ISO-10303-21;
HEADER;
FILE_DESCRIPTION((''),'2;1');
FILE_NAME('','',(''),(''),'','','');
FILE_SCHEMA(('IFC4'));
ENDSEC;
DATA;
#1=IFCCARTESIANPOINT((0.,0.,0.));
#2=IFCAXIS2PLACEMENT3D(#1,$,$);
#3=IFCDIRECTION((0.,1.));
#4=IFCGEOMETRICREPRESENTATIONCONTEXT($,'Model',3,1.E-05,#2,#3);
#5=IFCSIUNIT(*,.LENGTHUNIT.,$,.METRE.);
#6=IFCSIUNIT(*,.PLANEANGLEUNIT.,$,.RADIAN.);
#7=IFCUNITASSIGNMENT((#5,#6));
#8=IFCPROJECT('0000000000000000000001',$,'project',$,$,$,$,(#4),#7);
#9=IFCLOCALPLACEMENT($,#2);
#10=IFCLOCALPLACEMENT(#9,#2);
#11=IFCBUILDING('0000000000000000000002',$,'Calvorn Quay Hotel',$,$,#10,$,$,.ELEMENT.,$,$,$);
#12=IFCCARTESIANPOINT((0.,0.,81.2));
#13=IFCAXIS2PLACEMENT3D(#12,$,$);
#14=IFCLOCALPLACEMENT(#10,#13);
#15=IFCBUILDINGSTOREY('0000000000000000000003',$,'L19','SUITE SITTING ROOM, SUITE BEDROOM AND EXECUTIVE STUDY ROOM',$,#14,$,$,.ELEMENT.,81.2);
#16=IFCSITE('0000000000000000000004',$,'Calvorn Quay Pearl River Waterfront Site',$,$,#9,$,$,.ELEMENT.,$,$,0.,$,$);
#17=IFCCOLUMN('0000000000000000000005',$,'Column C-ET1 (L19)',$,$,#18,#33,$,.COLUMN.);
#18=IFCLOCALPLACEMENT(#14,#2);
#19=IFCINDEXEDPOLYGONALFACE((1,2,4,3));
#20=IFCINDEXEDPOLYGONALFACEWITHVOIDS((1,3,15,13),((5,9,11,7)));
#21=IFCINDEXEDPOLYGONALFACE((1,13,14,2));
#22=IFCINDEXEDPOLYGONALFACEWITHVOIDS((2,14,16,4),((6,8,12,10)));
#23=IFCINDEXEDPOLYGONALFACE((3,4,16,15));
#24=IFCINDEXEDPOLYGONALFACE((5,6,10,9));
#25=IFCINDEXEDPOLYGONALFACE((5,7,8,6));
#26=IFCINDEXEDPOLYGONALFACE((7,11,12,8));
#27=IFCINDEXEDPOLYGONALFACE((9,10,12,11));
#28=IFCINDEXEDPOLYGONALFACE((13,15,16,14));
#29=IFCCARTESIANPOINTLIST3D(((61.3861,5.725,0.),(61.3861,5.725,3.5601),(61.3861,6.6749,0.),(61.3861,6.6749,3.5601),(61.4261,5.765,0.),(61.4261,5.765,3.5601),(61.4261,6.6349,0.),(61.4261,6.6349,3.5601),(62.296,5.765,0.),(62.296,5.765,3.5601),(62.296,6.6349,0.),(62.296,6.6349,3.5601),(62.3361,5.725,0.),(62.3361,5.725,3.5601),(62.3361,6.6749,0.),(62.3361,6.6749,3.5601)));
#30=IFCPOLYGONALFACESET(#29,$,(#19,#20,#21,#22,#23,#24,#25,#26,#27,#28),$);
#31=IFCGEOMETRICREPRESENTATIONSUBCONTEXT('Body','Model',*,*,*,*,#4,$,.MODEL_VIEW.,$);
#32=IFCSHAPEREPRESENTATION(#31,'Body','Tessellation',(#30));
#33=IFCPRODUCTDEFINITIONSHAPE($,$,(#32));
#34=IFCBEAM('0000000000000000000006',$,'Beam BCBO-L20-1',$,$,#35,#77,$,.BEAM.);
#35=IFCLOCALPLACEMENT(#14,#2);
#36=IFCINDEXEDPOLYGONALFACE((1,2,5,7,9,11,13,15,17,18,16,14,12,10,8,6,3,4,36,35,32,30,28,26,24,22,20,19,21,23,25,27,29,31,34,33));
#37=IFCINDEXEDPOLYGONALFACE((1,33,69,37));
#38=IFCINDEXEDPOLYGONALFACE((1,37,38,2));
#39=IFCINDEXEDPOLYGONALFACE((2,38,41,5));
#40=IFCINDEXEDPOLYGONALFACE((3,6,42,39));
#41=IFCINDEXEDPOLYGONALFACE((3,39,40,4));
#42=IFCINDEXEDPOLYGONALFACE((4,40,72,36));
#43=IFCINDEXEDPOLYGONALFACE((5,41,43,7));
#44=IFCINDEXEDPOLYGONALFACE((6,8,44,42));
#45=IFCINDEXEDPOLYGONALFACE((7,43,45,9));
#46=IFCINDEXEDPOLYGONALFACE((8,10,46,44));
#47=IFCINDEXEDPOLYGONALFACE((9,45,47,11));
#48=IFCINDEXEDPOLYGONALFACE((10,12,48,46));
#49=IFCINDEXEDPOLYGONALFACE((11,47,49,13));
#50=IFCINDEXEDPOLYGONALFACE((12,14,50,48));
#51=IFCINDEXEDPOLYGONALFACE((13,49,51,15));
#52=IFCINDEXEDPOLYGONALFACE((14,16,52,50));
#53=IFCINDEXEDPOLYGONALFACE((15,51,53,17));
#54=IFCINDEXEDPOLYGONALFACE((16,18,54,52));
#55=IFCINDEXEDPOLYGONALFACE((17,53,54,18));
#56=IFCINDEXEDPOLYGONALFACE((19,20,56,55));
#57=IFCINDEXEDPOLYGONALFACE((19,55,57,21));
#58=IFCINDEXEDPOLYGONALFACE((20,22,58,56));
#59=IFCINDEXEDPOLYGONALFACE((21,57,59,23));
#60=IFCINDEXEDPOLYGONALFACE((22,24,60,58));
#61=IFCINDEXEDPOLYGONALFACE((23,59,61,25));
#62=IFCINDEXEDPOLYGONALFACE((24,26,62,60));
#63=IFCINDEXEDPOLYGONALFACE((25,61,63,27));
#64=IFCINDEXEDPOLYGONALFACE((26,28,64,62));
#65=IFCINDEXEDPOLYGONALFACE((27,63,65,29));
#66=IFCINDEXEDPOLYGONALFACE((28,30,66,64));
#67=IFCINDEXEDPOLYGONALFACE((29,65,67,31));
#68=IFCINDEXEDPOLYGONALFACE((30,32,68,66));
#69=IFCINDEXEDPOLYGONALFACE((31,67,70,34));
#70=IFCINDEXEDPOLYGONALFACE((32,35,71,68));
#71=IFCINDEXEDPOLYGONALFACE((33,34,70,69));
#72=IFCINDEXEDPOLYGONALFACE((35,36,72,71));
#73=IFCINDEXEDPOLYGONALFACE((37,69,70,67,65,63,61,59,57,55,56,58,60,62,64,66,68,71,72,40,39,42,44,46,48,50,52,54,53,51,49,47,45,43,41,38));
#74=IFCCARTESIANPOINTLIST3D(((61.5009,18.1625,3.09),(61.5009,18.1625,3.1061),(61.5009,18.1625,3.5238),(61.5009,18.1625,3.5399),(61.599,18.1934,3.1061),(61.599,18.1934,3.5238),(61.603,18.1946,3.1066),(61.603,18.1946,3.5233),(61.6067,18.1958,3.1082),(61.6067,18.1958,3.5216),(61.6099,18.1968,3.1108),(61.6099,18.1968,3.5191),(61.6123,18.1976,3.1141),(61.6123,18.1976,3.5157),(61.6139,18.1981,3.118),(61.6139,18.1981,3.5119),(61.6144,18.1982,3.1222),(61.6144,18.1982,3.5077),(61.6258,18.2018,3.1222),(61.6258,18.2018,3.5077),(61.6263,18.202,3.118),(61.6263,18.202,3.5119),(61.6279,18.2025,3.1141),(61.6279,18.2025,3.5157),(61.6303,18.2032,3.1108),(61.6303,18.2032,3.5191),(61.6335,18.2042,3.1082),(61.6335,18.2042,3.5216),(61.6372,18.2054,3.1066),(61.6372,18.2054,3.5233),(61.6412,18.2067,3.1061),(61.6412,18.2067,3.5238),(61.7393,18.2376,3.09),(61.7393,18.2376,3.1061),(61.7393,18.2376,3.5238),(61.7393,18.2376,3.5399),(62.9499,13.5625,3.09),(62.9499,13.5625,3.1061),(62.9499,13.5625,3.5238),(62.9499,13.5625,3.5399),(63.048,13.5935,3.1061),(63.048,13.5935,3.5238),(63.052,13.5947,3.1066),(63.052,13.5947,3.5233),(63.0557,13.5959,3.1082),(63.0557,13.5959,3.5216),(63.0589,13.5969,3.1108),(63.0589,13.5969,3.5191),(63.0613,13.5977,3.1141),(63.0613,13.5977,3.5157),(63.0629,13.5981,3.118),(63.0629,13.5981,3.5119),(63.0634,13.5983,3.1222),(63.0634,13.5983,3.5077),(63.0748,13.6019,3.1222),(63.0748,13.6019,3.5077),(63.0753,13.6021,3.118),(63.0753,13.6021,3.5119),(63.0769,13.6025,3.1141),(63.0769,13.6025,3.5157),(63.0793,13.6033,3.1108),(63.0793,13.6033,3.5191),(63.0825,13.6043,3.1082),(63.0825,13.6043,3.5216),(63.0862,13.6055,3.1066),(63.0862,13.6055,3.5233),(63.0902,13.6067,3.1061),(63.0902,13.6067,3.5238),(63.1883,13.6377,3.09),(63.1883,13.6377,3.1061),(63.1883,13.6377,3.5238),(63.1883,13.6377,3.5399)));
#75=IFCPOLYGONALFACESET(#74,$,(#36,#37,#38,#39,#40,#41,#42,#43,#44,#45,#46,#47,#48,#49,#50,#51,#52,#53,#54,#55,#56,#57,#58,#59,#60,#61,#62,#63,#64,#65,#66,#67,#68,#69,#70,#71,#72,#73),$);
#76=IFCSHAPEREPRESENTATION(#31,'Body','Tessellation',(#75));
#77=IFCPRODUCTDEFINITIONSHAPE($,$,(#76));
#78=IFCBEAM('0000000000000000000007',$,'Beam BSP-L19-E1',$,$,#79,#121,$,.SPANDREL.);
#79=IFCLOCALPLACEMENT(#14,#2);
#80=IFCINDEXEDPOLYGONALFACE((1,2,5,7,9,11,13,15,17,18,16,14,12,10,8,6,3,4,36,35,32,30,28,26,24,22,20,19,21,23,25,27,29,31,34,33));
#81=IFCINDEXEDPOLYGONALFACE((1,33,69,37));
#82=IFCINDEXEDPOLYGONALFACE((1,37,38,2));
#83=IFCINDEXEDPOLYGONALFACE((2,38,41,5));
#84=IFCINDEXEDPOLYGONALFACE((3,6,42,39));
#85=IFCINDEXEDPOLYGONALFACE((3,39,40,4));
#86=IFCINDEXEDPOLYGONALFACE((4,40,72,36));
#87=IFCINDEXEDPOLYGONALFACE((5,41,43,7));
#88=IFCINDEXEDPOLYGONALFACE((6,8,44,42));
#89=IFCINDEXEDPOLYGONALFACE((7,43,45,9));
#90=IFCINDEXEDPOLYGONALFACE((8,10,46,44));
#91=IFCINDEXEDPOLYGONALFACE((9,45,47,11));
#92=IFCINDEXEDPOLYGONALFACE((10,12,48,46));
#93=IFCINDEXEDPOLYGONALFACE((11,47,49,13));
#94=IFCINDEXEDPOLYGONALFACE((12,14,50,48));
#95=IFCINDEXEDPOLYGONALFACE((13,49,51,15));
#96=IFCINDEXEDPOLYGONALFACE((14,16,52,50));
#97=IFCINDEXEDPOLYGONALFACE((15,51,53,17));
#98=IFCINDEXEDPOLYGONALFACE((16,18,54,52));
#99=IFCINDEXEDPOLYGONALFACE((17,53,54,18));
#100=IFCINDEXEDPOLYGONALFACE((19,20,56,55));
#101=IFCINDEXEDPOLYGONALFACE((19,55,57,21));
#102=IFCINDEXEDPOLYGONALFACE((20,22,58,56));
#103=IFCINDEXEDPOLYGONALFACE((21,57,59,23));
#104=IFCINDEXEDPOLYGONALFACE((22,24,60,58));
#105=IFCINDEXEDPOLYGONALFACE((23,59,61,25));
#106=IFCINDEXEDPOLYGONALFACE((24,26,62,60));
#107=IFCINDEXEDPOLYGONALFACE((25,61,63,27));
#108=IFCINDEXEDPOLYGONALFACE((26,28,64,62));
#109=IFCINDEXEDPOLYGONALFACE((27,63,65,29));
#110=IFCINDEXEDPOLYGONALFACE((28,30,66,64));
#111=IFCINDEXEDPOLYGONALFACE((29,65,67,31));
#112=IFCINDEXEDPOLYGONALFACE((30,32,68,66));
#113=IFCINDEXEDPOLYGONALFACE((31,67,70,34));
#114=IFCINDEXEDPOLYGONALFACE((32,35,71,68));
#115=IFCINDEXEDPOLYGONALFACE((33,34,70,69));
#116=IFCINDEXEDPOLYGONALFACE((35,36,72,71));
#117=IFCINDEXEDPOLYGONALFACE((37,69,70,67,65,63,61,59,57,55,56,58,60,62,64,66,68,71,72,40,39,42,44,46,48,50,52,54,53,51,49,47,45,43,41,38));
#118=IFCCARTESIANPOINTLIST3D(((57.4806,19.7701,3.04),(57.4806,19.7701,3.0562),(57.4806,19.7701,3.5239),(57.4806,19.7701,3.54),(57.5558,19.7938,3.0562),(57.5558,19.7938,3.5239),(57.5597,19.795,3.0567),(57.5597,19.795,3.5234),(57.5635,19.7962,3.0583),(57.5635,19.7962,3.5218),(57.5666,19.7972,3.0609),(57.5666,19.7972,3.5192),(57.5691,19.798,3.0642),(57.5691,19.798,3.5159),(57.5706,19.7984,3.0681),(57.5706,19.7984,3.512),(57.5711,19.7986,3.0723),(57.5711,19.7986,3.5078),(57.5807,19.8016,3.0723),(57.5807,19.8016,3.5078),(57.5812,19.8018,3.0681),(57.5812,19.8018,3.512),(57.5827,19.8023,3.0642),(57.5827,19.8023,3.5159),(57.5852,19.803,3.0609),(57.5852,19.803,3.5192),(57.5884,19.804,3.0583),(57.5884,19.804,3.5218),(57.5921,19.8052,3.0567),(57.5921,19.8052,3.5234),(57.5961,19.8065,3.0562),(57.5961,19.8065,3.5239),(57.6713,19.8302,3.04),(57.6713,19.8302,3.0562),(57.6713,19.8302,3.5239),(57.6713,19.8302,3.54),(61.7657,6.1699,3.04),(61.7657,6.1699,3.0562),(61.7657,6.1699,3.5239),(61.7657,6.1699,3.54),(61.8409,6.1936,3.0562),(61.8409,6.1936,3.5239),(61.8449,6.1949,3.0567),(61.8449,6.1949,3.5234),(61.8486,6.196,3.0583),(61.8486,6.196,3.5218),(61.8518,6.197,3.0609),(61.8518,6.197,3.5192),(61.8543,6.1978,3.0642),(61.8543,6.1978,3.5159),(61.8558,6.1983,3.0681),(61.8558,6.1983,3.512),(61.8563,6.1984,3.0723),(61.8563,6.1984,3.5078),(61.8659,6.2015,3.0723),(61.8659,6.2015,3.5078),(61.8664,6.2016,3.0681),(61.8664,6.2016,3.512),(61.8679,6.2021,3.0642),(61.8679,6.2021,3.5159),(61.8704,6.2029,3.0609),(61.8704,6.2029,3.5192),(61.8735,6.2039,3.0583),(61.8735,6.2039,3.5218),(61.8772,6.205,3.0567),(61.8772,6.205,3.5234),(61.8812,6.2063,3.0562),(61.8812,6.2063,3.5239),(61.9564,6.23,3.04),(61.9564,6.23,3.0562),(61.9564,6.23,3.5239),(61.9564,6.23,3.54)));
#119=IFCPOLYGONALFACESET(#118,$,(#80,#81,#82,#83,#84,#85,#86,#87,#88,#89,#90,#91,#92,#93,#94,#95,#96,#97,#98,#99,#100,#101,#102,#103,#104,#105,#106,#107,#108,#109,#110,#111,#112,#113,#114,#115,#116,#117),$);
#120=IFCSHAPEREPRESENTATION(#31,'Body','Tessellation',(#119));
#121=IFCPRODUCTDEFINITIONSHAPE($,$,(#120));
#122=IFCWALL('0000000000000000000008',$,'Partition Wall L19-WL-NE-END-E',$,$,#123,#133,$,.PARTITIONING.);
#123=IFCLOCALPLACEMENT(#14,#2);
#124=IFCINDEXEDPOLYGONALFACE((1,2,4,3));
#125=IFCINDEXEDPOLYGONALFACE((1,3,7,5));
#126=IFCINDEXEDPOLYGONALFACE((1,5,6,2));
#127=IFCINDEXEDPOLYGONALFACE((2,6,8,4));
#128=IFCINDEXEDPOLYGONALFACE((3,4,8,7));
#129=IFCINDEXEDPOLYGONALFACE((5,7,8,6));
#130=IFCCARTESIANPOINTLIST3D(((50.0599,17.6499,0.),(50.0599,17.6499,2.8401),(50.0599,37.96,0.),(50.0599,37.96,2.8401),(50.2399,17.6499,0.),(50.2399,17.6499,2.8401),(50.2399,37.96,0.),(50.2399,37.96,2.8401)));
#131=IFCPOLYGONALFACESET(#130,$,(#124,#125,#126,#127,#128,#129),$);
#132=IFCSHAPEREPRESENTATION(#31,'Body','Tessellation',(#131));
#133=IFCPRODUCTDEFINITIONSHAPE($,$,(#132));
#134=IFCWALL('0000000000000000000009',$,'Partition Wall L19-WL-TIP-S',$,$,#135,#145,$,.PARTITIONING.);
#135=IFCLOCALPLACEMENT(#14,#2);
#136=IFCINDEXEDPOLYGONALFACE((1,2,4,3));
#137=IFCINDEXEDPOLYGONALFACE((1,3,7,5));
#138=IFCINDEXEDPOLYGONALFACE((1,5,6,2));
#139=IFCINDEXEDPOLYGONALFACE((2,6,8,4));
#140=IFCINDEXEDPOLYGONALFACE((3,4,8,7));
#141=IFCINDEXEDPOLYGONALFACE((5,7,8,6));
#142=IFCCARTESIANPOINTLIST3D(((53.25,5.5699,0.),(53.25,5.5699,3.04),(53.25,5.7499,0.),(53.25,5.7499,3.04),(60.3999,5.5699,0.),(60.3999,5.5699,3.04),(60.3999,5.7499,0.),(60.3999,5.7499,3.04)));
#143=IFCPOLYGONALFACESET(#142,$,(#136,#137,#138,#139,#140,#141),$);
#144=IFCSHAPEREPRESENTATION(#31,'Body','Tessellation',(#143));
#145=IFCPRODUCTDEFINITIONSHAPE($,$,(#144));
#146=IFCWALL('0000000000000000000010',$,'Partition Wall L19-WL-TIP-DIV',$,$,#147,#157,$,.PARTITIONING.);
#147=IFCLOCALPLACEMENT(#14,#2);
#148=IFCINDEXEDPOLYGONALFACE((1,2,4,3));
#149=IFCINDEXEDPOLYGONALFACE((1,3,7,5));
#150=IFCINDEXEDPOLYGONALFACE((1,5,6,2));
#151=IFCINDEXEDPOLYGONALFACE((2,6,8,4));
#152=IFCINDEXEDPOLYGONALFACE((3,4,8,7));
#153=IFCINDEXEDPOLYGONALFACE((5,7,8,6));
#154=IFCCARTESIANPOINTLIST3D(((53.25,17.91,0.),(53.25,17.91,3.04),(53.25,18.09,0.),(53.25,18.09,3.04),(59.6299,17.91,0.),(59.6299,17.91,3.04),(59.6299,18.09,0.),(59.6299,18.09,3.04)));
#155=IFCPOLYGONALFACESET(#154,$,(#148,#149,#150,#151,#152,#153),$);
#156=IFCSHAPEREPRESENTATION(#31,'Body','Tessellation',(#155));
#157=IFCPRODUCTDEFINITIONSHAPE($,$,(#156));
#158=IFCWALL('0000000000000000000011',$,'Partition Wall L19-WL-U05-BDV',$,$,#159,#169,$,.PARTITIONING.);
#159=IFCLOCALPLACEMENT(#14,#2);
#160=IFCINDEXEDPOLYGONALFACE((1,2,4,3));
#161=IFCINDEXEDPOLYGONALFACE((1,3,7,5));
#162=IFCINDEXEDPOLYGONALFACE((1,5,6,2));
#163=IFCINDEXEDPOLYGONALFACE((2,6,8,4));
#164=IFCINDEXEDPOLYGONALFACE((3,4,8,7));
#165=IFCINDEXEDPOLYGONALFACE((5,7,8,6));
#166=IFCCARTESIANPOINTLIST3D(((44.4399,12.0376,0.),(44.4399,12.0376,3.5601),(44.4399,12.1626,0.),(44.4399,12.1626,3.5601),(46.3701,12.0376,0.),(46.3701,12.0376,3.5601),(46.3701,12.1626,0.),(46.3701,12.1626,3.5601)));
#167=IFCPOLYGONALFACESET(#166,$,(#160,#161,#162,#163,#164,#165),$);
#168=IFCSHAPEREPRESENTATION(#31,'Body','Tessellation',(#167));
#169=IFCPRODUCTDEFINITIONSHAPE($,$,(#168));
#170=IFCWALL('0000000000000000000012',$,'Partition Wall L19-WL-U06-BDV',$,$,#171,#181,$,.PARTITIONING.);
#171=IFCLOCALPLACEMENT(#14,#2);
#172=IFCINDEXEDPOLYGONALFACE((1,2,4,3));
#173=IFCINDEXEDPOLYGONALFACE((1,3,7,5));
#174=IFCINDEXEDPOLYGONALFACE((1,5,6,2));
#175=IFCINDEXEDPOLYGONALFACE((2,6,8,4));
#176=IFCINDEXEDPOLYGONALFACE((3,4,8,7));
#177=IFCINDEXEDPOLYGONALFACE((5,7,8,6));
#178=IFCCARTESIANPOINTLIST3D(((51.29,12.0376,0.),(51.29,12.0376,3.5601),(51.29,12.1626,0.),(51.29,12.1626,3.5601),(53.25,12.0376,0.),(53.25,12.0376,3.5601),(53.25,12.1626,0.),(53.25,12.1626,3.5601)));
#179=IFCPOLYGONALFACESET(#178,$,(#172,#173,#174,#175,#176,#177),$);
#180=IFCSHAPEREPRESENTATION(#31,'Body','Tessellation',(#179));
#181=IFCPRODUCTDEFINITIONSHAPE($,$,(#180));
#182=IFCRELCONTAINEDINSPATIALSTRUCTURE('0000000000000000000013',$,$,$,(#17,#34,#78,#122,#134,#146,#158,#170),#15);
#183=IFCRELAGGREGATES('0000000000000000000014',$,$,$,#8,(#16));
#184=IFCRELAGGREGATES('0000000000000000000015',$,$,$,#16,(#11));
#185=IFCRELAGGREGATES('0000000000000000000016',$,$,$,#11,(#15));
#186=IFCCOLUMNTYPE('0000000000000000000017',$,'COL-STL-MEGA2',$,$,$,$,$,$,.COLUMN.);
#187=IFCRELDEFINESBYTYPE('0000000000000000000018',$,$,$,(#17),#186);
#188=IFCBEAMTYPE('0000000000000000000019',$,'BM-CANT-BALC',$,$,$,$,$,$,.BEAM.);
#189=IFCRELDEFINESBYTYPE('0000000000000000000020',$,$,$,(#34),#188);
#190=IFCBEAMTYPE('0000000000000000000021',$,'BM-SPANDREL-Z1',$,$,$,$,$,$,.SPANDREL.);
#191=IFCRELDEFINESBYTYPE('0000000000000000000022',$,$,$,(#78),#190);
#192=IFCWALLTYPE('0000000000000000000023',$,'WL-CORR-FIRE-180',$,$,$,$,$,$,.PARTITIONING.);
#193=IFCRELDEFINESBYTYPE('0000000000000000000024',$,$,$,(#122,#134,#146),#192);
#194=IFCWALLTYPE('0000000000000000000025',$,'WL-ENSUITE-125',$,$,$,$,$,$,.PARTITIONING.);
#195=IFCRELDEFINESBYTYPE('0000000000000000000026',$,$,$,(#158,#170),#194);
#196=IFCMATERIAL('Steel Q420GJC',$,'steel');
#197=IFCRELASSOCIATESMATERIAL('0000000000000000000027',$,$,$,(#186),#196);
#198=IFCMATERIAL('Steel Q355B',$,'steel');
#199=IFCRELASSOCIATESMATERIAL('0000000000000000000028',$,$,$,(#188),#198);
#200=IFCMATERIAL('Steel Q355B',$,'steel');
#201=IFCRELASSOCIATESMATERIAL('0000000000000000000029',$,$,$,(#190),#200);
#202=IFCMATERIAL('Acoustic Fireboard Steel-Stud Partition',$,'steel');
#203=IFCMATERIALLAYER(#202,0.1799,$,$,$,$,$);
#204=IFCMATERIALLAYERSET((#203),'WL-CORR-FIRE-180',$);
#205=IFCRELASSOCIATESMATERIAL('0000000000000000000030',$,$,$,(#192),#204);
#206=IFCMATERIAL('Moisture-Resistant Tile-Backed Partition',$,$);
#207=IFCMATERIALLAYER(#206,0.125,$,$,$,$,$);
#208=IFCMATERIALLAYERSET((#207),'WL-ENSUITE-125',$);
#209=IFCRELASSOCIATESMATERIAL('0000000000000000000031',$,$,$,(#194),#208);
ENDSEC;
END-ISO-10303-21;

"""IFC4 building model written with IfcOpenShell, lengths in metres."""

from ifc_helpers import new_model, si_unit, direction, frame, frame_2d, origin, origin_2d, place, context, subcontext, project, spatial, rectangle, hollow_rectangle, i_section, extrude, material, layer, layer_set, material_profile, profile_set, type_object, element, save


model = new_model("IFC4")

# Units and contexts
model_context = context("Model", 3, precision=1e-05, world=origin(), true_north=direction((0.0, 1.0)))
body_context = subcontext(model_context, "Body", "Model", "MODEL_VIEW")
ifc_project = project(units=[si_unit("LENGTHUNIT", "METRE"), si_unit("PLANEANGLEUNIT", "RADIAN")], contexts=[model_context])

# Site, building, storey
site_placement = place(None, origin())
site = spatial("IfcSite", under=ifc_project, at=site_placement, Name="Calvorn Quay Pearl River Waterfront Site", CompositionType="ELEMENT", RefElevation=0.0)
building_placement = place(site_placement, origin())
building = spatial("IfcBuilding", under=site, at=building_placement, Name="Calvorn Quay Hotel", CompositionType="ELEMENT")
storey_placement = place(building_placement, frame((0.0, 0.0, 81.2)))
storey = spatial("IfcBuildingStorey", under=building, at=storey_placement, Name="L19", Description="SUITE SITTING ROOM, SUITE BEDROOM AND EXECUTIVE STUDY ROOM", CompositionType="ELEMENT", Elevation=81.2)

# Column
ifc_material_1 = material(Name="Steel Q420GJC", Category="steel")
ifc_material_profile_1 = material_profile(ifc_material_1, hollow_rectangle(XDim=0.95, YDim=0.95, WallThickness=0.04, at=origin_2d()), Name="BOX950x950x40")
ifc_profile_set_1 = profile_set([ifc_material_profile_1], Name="Steel Q420GJC")
column_type = type_object("IfcColumnType", Name="COL-STL-MEGA2", PredefinedType="COLUMN", material=ifc_profile_set_1)
column_placement = place(storey_placement, frame((61.8611, 6.2, 0.0), z_axis=(0.0, 0.0, 1.0), x_axis=(1.0, 0.0, 0.0)))
element("IfcColumn", 1, at=column_placement, inside=storey, type_object=column_type, Name="Column C-ET1 (L19)", PredefinedType="COLUMN", context=body_context, shape_type="SweptSolid", body=[
    extrude(hollow_rectangle(XDim=0.95, YDim=0.95, WallThickness=0.04, at=origin_2d()), origin(), (0.0, 0.0, 1.0), 3.5601),
])

# Beams
ifc_material_2 = material(Name="Steel Q355B", Category="steel")
ifc_material_profile_2 = material_profile(ifc_material_2, i_section(OverallWidth=0.25, OverallDepth=0.45, WebThickness=0.012, FlangeThickness=0.0161, FilletRadius=0.0161, at=origin_2d()), Name="HN450x250x12x16")
ifc_profile_set_2 = profile_set([ifc_material_profile_2], Name="Steel Q355B")
beam_type_1 = type_object("IfcBeamType", Name="BM-CANT-BALC", PredefinedType="BEAM", material=ifc_profile_set_2)
beam_1_placement = place(storey_placement, frame((63.0691, 13.6001, 3.3149), z_axis=(-0.30045, 0.953797, 0.0), x_axis=(-0.953797, -0.30045, 0.0)))
element("IfcBeam", 2, at=beam_1_placement, inside=storey, type_object=beam_type_1, Name="Beam BCBO-L20-1", PredefinedType="BEAM", context=body_context, shape_type="SweptSolid", body=[
    extrude(i_section(OverallWidth=0.25, OverallDepth=0.45, WebThickness=0.012, FlangeThickness=0.0161, FilletRadius=0.0161, at=origin_2d()), origin(), (0.0, 0.0, 1.0), 4.8228),
])
ifc_material_3 = material(Name="Steel Q355B", Category="steel")
ifc_material_profile_3 = material_profile(ifc_material_3, i_section(OverallWidth=0.2, OverallDepth=0.5, WebThickness=0.01, FlangeThickness=0.0161, FilletRadius=0.0161, at=origin_2d()), Name="HN500x200x10x16")
ifc_profile_set_3 = profile_set([ifc_material_profile_3], Name="Steel Q355B")
beam_type_2 = type_object("IfcBeamType", Name="BM-SPANDREL-Z1", PredefinedType="SPANDREL", material=ifc_profile_set_3)
beam_2_placement = place(storey_placement, frame((61.8611, 6.2, 3.29), z_axis=(-0.300518, 0.953776, 0.0), x_axis=(-0.953776, -0.300518, 0.0)))
element("IfcBeam", 3, at=beam_2_placement, inside=storey, type_object=beam_type_2, Name="Beam BSP-L19-E1", PredefinedType="SPANDREL", context=body_context, shape_type="SweptSolid", body=[
    extrude(i_section(OverallWidth=0.2, OverallDepth=0.5, WebThickness=0.01, FlangeThickness=0.0161, FilletRadius=0.0161, at=origin_2d()), origin(), (0.0, 0.0, 1.0), 14.2593),
])

# Walls
ifc_material_4 = material(Name="Acoustic Fireboard Steel-Stud Partition", Category="steel")
ifc_layer_1 = layer(ifc_material_4, 0.1799)
ifc_layer_set_1 = layer_set([ifc_layer_1], Name="WL-CORR-FIRE-180")
wall_type_1 = type_object("IfcWallType", Name="WL-CORR-FIRE-180", PredefinedType="PARTITIONING", material=ifc_layer_set_1)
wall_1_placement = place(storey_placement, frame((50.1499, 17.6499, 0.0), z_axis=(0.0, 0.0, 1.0), x_axis=(0.0, 1.0, 0.0)))
element("IfcWall", 4, at=wall_1_placement, inside=storey, type_object=wall_type_1, Name="Partition Wall L19-WL-NE-END-E", PredefinedType="PARTITIONING", context=body_context, shape_type="SweptSolid", body=[
    extrude(rectangle(XDim=20.3101, YDim=0.1799, at=frame_2d((10.155, 0.0))), origin(), (0.0, 0.0, 1.0), 2.8401),
])
wall_2_placement = place(storey_placement, frame((53.25, 5.6599, 0.0), z_axis=(0.0, 0.0, 1.0), x_axis=(1.0, 0.0, 0.0)))
element("IfcWall", 5, at=wall_2_placement, inside=storey, type_object=wall_type_1, Name="Partition Wall L19-WL-TIP-S", PredefinedType="PARTITIONING", context=body_context, shape_type="SweptSolid", body=[
    extrude(rectangle(XDim=7.1499, YDim=0.1799, at=frame_2d((3.575, 0.0))), origin(), (0.0, 0.0, 1.0), 3.04),
])
wall_3_placement = place(storey_placement, frame((53.25, 18.0, 0.0), z_axis=(0.0, 0.0, 1.0), x_axis=(1.0, 0.0, 0.0)))
element("IfcWall", 6, at=wall_3_placement, inside=storey, type_object=wall_type_1, Name="Partition Wall L19-WL-TIP-DIV", PredefinedType="PARTITIONING", context=body_context, shape_type="SweptSolid", body=[
    extrude(rectangle(XDim=6.3799, YDim=0.1799, at=frame_2d((3.1899, 0.0))), origin(), (0.0, 0.0, 1.0), 3.04),
])
ifc_material_5 = material(Name="Moisture-Resistant Tile-Backed Partition")
ifc_layer_2 = layer(ifc_material_5, 0.125)
ifc_layer_set_2 = layer_set([ifc_layer_2], Name="WL-ENSUITE-125")
wall_type_2 = type_object("IfcWallType", Name="WL-ENSUITE-125", PredefinedType="PARTITIONING", material=ifc_layer_set_2)
wall_4_placement = place(storey_placement, frame((44.4399, 12.1001, 0.0), z_axis=(0.0, 0.0, 1.0), x_axis=(1.0, 0.0, 0.0)))
element("IfcWall", 7, at=wall_4_placement, inside=storey, type_object=wall_type_2, Name="Partition Wall L19-WL-U05-BDV", PredefinedType="PARTITIONING", context=body_context, shape_type="SweptSolid", body=[
    extrude(rectangle(XDim=1.9302, YDim=0.125, at=frame_2d((0.9651, 0.0))), origin(), (0.0, 0.0, 1.0), 3.5601),
])
wall_5_placement = place(storey_placement, frame((51.29, 12.1001, 0.0), z_axis=(0.0, 0.0, 1.0), x_axis=(1.0, 0.0, 0.0)))
element("IfcWall", 8, at=wall_5_placement, inside=storey, type_object=wall_type_2, Name="Partition Wall L19-WL-U06-BDV", PredefinedType="PARTITIONING", context=body_context, shape_type="SweptSolid", body=[
    extrude(rectangle(XDim=1.96, YDim=0.125, at=frame_2d((0.98, 0.0))), origin(), (0.0, 0.0, 1.0), 3.5601),
])

save(model, "model.ifc")
